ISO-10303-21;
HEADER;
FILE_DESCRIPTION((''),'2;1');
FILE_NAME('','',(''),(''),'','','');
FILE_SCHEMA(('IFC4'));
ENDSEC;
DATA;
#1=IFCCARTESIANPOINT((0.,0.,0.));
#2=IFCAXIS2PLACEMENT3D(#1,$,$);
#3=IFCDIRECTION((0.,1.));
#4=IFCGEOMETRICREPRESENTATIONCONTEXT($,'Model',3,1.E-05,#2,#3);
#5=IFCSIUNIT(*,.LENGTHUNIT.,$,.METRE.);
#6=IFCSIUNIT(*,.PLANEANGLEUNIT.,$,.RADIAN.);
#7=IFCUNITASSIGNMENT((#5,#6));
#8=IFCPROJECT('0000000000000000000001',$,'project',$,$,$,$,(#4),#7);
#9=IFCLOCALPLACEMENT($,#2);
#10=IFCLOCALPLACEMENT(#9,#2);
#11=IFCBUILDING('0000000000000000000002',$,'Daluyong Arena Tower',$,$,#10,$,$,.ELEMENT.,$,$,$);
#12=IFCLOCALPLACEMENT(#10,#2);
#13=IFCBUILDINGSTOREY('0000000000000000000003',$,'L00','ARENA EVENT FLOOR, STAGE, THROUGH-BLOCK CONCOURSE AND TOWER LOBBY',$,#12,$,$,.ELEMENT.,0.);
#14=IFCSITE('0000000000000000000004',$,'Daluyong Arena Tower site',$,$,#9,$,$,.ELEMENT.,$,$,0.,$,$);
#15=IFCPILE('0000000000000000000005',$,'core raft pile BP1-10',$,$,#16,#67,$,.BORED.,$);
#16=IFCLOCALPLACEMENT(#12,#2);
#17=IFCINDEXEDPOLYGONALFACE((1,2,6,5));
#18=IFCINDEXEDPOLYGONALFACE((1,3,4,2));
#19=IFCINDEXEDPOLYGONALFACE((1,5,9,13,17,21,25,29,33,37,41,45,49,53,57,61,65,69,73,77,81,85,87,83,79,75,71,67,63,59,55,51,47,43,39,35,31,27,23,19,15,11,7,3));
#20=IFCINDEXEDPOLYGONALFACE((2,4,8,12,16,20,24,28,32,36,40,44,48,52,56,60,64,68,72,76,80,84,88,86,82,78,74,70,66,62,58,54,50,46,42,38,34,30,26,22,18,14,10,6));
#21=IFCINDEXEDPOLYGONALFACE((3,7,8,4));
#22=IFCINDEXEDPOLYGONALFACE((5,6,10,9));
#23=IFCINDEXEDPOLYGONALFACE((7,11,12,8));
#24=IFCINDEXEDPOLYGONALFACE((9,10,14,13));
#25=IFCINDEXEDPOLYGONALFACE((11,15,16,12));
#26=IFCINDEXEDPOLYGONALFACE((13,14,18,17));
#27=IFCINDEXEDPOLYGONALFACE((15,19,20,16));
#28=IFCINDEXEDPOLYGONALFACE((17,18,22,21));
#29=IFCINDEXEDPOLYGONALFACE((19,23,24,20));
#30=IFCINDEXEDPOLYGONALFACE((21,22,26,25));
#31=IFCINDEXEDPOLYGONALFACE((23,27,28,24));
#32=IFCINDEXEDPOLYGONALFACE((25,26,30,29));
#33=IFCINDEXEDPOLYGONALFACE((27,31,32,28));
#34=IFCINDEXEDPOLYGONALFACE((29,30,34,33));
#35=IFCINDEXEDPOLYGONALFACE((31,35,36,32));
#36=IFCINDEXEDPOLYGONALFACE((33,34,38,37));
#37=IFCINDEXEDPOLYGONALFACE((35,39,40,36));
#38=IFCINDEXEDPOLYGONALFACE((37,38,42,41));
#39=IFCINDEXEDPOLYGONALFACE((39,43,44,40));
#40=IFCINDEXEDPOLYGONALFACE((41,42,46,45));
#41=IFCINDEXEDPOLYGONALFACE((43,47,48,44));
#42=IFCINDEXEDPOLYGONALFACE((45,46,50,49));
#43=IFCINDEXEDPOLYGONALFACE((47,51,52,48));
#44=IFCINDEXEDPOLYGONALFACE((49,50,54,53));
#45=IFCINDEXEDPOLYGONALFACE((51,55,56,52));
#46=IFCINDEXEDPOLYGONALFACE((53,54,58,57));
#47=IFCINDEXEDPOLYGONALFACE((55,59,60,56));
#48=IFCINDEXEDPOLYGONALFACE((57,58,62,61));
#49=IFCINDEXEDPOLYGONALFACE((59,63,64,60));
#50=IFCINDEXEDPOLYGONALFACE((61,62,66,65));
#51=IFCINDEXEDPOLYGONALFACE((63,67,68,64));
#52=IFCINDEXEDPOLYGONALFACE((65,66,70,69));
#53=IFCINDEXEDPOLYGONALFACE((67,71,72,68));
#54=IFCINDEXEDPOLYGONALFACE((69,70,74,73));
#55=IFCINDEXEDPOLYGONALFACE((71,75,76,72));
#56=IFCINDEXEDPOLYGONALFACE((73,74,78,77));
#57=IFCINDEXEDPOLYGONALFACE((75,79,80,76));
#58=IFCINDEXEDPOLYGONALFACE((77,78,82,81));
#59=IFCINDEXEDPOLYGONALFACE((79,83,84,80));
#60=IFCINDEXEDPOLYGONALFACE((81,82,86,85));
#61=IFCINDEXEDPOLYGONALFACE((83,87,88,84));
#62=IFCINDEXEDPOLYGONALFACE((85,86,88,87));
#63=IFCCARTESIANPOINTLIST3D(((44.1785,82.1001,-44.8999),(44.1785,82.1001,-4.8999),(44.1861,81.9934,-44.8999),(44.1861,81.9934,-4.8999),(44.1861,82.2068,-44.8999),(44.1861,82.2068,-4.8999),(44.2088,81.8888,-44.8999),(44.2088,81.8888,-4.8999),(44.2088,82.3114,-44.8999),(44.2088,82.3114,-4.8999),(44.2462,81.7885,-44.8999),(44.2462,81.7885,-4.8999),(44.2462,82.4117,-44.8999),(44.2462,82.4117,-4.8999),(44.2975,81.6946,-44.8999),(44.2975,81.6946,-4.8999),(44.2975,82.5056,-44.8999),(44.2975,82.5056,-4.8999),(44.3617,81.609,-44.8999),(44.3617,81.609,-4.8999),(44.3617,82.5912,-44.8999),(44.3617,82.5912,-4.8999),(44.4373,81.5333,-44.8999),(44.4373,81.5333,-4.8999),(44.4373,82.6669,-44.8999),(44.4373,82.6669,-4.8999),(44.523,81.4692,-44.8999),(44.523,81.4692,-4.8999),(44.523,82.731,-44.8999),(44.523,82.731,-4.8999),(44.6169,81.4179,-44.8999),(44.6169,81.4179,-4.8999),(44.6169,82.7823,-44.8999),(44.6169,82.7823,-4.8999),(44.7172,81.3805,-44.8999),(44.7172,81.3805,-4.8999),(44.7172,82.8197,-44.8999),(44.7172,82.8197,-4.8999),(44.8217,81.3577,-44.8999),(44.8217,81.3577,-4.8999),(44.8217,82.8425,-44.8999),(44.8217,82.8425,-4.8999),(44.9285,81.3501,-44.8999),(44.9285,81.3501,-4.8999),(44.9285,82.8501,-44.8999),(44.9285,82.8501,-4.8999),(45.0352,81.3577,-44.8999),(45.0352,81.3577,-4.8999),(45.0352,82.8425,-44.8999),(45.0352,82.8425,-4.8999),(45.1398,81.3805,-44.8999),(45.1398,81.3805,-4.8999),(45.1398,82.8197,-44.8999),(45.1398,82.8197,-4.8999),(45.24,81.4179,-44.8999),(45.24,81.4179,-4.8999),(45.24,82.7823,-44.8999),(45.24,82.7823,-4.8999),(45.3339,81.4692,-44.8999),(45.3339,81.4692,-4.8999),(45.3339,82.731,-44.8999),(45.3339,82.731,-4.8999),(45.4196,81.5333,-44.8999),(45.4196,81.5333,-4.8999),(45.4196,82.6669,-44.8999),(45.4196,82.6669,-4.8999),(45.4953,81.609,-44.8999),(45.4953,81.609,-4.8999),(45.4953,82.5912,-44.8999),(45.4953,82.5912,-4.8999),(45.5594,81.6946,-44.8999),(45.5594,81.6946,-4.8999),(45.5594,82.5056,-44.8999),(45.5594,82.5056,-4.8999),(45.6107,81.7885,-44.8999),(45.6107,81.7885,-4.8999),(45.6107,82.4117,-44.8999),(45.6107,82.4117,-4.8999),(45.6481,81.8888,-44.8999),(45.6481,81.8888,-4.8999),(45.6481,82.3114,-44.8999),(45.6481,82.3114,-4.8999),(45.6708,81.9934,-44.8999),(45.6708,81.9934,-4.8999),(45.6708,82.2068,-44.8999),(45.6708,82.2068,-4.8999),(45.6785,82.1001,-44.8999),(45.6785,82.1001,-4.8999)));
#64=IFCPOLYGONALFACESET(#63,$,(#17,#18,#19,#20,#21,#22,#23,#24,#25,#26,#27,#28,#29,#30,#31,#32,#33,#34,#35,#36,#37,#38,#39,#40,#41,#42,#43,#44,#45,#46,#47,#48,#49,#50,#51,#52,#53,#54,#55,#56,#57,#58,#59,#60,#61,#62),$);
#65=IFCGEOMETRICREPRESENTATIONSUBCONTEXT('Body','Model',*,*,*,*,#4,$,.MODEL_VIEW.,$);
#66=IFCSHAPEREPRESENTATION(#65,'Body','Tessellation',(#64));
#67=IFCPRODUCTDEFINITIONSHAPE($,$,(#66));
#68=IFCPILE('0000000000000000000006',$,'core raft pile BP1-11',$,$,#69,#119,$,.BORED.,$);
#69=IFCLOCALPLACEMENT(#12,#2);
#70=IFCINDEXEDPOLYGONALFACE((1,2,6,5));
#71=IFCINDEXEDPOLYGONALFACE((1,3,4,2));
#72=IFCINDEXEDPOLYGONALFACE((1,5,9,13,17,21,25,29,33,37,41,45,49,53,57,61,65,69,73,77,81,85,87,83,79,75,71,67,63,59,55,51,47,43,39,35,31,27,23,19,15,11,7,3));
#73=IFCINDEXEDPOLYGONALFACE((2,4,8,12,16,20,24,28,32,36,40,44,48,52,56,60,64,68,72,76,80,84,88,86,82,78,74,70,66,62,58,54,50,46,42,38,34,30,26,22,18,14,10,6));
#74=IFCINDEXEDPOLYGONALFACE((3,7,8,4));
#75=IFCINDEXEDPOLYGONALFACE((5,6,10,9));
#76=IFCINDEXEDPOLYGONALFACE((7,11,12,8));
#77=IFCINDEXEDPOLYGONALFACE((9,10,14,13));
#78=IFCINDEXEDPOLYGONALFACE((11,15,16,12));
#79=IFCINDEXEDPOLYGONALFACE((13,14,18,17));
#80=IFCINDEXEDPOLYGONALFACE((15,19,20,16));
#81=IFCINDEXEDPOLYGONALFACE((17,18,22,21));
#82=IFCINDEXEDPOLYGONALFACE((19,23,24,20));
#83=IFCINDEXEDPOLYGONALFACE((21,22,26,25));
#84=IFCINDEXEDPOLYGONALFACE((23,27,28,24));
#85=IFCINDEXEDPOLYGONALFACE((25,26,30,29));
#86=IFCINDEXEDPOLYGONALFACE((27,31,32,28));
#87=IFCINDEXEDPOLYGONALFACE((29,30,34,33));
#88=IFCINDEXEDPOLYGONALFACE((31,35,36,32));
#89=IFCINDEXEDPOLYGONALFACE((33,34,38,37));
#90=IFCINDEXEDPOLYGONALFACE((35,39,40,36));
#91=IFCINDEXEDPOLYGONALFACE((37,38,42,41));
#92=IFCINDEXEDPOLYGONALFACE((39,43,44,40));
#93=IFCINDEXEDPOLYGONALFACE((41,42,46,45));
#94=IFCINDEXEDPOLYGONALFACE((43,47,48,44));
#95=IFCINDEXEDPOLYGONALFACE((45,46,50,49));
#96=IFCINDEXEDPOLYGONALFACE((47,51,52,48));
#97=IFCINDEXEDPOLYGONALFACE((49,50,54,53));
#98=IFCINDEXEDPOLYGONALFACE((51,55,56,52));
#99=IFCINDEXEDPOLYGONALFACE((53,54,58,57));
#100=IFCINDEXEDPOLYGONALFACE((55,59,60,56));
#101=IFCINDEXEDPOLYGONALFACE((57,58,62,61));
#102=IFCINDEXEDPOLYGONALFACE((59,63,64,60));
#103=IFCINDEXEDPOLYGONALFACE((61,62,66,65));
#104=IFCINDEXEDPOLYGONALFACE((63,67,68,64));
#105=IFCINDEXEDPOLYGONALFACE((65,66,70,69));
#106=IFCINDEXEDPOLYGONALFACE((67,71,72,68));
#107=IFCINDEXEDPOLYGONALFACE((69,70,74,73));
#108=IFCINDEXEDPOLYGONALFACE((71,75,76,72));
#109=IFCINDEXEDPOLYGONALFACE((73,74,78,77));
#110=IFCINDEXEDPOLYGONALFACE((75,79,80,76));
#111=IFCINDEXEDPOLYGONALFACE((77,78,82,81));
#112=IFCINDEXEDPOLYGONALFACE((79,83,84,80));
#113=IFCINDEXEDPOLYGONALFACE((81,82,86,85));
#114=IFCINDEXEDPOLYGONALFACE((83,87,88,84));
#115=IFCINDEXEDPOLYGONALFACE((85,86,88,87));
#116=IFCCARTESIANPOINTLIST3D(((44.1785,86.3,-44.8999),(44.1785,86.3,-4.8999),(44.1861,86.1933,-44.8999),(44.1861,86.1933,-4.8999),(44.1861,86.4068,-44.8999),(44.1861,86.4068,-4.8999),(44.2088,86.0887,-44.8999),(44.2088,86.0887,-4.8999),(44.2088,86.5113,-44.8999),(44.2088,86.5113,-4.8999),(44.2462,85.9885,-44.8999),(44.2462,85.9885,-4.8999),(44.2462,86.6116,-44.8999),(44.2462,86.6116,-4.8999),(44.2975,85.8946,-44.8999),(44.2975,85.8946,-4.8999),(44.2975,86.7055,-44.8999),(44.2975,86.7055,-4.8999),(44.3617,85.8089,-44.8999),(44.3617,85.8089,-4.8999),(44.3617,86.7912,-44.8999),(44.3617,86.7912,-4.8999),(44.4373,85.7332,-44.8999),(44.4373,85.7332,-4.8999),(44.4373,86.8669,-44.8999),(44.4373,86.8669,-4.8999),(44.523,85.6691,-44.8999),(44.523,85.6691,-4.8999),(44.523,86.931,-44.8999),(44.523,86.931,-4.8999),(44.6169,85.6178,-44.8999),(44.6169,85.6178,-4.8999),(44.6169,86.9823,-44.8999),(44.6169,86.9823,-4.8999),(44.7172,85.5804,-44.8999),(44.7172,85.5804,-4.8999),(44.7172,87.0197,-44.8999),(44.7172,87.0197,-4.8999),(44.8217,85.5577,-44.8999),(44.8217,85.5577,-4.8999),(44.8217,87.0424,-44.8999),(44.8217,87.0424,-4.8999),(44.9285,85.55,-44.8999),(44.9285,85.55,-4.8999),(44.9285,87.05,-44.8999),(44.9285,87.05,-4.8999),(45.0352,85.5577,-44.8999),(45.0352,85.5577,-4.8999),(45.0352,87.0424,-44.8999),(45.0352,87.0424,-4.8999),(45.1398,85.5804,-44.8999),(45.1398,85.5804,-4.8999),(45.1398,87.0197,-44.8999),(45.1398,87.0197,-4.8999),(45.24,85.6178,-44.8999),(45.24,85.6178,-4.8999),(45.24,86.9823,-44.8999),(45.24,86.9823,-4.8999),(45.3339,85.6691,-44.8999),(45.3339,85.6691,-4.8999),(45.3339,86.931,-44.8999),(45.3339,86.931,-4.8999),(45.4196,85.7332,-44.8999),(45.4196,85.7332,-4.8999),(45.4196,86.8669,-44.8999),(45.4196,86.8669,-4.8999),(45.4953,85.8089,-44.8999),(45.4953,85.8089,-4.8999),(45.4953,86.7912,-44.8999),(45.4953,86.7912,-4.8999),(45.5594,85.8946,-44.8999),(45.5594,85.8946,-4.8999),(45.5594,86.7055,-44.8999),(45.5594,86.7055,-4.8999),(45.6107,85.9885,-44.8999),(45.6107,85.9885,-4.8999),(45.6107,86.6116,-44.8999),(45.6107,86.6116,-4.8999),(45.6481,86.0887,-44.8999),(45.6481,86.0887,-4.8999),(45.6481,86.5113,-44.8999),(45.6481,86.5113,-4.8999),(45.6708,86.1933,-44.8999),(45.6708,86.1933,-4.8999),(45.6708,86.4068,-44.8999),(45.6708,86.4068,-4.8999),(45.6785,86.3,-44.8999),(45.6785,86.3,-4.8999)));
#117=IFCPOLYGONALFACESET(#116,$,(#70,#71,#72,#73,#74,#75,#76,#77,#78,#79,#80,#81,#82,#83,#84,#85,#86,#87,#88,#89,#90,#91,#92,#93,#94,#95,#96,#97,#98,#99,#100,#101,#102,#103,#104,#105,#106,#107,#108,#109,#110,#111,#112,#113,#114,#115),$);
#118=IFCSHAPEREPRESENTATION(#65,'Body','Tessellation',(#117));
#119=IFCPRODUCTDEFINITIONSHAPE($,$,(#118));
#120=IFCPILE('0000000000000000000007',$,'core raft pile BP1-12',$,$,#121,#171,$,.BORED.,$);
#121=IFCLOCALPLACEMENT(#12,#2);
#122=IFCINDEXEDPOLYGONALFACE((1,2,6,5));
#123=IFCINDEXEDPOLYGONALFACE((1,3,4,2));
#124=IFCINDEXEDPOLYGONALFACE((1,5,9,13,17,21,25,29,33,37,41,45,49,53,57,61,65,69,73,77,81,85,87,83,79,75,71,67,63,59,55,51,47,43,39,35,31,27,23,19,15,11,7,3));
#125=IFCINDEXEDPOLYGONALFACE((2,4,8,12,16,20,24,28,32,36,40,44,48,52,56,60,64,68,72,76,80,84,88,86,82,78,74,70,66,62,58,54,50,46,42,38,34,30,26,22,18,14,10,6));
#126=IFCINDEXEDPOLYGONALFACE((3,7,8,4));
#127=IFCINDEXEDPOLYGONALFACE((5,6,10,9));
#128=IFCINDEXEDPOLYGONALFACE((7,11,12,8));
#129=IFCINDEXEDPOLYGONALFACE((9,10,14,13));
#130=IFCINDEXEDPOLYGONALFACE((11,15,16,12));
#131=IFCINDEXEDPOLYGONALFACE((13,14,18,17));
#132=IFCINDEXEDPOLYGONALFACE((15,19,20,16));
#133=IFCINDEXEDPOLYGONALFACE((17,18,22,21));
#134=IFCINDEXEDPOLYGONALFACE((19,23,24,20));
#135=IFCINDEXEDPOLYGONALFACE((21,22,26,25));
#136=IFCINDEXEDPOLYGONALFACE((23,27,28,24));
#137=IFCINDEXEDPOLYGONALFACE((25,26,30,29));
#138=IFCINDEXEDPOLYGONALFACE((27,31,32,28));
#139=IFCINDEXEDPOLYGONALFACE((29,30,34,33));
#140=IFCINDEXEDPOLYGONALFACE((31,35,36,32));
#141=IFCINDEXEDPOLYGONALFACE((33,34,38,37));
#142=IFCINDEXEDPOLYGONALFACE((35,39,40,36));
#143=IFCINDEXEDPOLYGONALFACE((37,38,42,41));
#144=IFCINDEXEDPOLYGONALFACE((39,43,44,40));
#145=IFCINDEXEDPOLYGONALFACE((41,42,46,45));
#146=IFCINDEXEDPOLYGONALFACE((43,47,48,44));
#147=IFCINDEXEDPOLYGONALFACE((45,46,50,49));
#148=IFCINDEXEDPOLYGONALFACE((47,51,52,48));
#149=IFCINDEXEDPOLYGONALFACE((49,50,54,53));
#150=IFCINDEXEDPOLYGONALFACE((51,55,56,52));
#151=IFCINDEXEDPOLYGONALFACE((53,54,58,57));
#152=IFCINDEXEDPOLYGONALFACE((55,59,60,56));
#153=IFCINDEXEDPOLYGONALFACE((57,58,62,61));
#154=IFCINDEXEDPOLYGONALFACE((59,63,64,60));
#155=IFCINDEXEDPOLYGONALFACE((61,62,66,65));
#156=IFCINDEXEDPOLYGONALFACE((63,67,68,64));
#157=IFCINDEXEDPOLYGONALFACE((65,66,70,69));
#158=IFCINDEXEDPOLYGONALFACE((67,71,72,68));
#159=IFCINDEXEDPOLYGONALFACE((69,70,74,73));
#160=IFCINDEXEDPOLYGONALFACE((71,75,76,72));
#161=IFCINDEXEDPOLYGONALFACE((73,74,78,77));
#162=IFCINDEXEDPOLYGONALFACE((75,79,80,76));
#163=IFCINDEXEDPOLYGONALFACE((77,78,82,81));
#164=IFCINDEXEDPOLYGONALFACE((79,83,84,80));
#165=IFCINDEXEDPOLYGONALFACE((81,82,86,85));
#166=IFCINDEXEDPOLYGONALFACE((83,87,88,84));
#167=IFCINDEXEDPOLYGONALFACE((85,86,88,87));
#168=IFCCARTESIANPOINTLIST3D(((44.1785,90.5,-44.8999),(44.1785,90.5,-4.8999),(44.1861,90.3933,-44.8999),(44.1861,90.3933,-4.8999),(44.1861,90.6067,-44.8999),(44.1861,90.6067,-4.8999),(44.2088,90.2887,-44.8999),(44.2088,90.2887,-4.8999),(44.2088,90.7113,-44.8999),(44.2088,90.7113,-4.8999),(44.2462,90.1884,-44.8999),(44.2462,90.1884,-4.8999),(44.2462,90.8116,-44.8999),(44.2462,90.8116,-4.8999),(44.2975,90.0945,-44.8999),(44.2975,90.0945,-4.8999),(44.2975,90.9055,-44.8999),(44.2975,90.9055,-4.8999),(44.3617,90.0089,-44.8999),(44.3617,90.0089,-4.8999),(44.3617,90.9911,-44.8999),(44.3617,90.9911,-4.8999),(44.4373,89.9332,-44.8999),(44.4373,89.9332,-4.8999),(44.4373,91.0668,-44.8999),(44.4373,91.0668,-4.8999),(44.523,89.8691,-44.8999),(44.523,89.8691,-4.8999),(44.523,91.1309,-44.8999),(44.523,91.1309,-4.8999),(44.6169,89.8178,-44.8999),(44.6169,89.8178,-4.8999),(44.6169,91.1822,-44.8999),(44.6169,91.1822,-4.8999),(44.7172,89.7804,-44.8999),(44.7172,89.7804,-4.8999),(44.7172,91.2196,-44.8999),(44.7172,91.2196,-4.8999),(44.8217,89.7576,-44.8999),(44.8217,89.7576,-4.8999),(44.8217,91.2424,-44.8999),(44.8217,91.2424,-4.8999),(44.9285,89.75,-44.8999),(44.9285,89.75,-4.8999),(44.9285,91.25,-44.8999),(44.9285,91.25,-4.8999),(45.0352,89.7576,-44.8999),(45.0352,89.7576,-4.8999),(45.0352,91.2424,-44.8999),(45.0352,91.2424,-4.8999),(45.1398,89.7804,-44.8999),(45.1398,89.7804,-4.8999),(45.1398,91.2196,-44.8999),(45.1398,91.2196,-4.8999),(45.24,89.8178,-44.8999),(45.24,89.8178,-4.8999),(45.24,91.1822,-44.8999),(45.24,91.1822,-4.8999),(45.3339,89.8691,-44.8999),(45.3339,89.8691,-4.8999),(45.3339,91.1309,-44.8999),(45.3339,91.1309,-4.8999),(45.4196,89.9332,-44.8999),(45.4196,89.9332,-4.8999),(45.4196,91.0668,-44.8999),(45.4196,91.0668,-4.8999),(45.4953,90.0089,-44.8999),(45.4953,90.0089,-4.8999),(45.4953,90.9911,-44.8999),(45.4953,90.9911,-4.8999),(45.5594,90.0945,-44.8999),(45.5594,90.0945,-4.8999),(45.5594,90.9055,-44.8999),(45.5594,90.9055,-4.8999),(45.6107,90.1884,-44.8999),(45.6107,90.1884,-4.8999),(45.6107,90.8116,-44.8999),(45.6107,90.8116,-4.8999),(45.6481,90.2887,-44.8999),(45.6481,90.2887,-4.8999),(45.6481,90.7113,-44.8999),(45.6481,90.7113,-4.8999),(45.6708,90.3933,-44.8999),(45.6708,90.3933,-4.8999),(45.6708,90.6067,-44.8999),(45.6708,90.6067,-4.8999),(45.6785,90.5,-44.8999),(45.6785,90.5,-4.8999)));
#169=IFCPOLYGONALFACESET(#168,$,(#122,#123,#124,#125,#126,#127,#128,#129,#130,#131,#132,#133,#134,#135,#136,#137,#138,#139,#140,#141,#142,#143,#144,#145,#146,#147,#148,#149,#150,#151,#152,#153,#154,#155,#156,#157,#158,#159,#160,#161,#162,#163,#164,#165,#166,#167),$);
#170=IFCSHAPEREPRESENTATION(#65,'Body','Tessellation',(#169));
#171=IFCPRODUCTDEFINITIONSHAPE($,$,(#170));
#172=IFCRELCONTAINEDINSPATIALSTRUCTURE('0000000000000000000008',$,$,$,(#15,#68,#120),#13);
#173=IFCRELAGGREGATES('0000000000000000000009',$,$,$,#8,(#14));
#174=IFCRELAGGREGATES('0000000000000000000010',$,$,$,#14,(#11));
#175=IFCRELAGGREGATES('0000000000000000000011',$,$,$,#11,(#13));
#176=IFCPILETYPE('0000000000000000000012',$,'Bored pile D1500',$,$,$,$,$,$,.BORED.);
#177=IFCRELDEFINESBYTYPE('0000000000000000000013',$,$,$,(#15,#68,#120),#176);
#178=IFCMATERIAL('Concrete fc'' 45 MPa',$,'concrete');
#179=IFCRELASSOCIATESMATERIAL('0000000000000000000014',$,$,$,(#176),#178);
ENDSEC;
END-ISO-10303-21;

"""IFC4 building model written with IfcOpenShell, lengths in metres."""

from ifc_helpers import new_model, si_unit, direction, frame, origin, origin_2d, place, context, subcontext, project, spatial, circle, extrude, material, type_object, element, save


model = new_model("IFC4")

# Units and contexts
model_context = context("Model", 3, precision=1e-05, world=origin(), true_north=direction((0.0, 1.0)))
body_context = subcontext(model_context, "Body", "Model", "MODEL_VIEW")
ifc_project = project(units=[si_unit("LENGTHUNIT", "METRE"), si_unit("PLANEANGLEUNIT", "RADIAN")], contexts=[model_context])

# Site, building, storey
site_placement = place(None, origin())
site = spatial("IfcSite", under=ifc_project, at=site_placement, Name="Daluyong Arena Tower site", CompositionType="ELEMENT", RefElevation=0.0)
building_placement = place(site_placement, origin())
building = spatial("IfcBuilding", under=site, at=building_placement, Name="Daluyong Arena Tower", CompositionType="ELEMENT")
storey_placement = place(building_placement, origin())
storey = spatial("IfcBuildingStorey", under=building, at=storey_placement, Name="L00", Description="ARENA EVENT FLOOR, STAGE, THROUGH-BLOCK CONCOURSE AND TOWER LOBBY", CompositionType="ELEMENT", Elevation=0.0)

# Piles
ifc_material_1 = material(Name="Concrete fc' 45 MPa", Category="concrete")
pile_type = type_object("IfcPileType", Name="Bored pile D1500", PredefinedType="BORED", material=ifc_material_1)
for number, where, z_axis, x_axis, name in (
    (1, (44.9285, 82.1001, -4.8999), (0.0, 0.0, -1.0), (1.0, 0.0, 0.0), "core raft pile BP1-10"),
    (2, (44.9285, 86.3, -4.8999), (0.0, 0.0, -1.0), (1.0, 0.0, 0.0), "core raft pile BP1-11"),
    (3, (44.9285, 90.5, -4.8999), (0.0, 0.0, -1.0), (1.0, 0.0, 0.0), "core raft pile BP1-12"),
):
    element("IfcPile", number, at=place(storey_placement, frame(where, z_axis=z_axis, x_axis=x_axis)), inside=storey, type_object=pile_type, Name=name, PredefinedType="BORED", context=body_context, shape_type="SweptSolid", body=[
        extrude(circle(Radius=0.75, at=origin_2d()), origin(), (0.0, 0.0, 1.0), 40.0),
    ])

save(model, "model.ifc")
